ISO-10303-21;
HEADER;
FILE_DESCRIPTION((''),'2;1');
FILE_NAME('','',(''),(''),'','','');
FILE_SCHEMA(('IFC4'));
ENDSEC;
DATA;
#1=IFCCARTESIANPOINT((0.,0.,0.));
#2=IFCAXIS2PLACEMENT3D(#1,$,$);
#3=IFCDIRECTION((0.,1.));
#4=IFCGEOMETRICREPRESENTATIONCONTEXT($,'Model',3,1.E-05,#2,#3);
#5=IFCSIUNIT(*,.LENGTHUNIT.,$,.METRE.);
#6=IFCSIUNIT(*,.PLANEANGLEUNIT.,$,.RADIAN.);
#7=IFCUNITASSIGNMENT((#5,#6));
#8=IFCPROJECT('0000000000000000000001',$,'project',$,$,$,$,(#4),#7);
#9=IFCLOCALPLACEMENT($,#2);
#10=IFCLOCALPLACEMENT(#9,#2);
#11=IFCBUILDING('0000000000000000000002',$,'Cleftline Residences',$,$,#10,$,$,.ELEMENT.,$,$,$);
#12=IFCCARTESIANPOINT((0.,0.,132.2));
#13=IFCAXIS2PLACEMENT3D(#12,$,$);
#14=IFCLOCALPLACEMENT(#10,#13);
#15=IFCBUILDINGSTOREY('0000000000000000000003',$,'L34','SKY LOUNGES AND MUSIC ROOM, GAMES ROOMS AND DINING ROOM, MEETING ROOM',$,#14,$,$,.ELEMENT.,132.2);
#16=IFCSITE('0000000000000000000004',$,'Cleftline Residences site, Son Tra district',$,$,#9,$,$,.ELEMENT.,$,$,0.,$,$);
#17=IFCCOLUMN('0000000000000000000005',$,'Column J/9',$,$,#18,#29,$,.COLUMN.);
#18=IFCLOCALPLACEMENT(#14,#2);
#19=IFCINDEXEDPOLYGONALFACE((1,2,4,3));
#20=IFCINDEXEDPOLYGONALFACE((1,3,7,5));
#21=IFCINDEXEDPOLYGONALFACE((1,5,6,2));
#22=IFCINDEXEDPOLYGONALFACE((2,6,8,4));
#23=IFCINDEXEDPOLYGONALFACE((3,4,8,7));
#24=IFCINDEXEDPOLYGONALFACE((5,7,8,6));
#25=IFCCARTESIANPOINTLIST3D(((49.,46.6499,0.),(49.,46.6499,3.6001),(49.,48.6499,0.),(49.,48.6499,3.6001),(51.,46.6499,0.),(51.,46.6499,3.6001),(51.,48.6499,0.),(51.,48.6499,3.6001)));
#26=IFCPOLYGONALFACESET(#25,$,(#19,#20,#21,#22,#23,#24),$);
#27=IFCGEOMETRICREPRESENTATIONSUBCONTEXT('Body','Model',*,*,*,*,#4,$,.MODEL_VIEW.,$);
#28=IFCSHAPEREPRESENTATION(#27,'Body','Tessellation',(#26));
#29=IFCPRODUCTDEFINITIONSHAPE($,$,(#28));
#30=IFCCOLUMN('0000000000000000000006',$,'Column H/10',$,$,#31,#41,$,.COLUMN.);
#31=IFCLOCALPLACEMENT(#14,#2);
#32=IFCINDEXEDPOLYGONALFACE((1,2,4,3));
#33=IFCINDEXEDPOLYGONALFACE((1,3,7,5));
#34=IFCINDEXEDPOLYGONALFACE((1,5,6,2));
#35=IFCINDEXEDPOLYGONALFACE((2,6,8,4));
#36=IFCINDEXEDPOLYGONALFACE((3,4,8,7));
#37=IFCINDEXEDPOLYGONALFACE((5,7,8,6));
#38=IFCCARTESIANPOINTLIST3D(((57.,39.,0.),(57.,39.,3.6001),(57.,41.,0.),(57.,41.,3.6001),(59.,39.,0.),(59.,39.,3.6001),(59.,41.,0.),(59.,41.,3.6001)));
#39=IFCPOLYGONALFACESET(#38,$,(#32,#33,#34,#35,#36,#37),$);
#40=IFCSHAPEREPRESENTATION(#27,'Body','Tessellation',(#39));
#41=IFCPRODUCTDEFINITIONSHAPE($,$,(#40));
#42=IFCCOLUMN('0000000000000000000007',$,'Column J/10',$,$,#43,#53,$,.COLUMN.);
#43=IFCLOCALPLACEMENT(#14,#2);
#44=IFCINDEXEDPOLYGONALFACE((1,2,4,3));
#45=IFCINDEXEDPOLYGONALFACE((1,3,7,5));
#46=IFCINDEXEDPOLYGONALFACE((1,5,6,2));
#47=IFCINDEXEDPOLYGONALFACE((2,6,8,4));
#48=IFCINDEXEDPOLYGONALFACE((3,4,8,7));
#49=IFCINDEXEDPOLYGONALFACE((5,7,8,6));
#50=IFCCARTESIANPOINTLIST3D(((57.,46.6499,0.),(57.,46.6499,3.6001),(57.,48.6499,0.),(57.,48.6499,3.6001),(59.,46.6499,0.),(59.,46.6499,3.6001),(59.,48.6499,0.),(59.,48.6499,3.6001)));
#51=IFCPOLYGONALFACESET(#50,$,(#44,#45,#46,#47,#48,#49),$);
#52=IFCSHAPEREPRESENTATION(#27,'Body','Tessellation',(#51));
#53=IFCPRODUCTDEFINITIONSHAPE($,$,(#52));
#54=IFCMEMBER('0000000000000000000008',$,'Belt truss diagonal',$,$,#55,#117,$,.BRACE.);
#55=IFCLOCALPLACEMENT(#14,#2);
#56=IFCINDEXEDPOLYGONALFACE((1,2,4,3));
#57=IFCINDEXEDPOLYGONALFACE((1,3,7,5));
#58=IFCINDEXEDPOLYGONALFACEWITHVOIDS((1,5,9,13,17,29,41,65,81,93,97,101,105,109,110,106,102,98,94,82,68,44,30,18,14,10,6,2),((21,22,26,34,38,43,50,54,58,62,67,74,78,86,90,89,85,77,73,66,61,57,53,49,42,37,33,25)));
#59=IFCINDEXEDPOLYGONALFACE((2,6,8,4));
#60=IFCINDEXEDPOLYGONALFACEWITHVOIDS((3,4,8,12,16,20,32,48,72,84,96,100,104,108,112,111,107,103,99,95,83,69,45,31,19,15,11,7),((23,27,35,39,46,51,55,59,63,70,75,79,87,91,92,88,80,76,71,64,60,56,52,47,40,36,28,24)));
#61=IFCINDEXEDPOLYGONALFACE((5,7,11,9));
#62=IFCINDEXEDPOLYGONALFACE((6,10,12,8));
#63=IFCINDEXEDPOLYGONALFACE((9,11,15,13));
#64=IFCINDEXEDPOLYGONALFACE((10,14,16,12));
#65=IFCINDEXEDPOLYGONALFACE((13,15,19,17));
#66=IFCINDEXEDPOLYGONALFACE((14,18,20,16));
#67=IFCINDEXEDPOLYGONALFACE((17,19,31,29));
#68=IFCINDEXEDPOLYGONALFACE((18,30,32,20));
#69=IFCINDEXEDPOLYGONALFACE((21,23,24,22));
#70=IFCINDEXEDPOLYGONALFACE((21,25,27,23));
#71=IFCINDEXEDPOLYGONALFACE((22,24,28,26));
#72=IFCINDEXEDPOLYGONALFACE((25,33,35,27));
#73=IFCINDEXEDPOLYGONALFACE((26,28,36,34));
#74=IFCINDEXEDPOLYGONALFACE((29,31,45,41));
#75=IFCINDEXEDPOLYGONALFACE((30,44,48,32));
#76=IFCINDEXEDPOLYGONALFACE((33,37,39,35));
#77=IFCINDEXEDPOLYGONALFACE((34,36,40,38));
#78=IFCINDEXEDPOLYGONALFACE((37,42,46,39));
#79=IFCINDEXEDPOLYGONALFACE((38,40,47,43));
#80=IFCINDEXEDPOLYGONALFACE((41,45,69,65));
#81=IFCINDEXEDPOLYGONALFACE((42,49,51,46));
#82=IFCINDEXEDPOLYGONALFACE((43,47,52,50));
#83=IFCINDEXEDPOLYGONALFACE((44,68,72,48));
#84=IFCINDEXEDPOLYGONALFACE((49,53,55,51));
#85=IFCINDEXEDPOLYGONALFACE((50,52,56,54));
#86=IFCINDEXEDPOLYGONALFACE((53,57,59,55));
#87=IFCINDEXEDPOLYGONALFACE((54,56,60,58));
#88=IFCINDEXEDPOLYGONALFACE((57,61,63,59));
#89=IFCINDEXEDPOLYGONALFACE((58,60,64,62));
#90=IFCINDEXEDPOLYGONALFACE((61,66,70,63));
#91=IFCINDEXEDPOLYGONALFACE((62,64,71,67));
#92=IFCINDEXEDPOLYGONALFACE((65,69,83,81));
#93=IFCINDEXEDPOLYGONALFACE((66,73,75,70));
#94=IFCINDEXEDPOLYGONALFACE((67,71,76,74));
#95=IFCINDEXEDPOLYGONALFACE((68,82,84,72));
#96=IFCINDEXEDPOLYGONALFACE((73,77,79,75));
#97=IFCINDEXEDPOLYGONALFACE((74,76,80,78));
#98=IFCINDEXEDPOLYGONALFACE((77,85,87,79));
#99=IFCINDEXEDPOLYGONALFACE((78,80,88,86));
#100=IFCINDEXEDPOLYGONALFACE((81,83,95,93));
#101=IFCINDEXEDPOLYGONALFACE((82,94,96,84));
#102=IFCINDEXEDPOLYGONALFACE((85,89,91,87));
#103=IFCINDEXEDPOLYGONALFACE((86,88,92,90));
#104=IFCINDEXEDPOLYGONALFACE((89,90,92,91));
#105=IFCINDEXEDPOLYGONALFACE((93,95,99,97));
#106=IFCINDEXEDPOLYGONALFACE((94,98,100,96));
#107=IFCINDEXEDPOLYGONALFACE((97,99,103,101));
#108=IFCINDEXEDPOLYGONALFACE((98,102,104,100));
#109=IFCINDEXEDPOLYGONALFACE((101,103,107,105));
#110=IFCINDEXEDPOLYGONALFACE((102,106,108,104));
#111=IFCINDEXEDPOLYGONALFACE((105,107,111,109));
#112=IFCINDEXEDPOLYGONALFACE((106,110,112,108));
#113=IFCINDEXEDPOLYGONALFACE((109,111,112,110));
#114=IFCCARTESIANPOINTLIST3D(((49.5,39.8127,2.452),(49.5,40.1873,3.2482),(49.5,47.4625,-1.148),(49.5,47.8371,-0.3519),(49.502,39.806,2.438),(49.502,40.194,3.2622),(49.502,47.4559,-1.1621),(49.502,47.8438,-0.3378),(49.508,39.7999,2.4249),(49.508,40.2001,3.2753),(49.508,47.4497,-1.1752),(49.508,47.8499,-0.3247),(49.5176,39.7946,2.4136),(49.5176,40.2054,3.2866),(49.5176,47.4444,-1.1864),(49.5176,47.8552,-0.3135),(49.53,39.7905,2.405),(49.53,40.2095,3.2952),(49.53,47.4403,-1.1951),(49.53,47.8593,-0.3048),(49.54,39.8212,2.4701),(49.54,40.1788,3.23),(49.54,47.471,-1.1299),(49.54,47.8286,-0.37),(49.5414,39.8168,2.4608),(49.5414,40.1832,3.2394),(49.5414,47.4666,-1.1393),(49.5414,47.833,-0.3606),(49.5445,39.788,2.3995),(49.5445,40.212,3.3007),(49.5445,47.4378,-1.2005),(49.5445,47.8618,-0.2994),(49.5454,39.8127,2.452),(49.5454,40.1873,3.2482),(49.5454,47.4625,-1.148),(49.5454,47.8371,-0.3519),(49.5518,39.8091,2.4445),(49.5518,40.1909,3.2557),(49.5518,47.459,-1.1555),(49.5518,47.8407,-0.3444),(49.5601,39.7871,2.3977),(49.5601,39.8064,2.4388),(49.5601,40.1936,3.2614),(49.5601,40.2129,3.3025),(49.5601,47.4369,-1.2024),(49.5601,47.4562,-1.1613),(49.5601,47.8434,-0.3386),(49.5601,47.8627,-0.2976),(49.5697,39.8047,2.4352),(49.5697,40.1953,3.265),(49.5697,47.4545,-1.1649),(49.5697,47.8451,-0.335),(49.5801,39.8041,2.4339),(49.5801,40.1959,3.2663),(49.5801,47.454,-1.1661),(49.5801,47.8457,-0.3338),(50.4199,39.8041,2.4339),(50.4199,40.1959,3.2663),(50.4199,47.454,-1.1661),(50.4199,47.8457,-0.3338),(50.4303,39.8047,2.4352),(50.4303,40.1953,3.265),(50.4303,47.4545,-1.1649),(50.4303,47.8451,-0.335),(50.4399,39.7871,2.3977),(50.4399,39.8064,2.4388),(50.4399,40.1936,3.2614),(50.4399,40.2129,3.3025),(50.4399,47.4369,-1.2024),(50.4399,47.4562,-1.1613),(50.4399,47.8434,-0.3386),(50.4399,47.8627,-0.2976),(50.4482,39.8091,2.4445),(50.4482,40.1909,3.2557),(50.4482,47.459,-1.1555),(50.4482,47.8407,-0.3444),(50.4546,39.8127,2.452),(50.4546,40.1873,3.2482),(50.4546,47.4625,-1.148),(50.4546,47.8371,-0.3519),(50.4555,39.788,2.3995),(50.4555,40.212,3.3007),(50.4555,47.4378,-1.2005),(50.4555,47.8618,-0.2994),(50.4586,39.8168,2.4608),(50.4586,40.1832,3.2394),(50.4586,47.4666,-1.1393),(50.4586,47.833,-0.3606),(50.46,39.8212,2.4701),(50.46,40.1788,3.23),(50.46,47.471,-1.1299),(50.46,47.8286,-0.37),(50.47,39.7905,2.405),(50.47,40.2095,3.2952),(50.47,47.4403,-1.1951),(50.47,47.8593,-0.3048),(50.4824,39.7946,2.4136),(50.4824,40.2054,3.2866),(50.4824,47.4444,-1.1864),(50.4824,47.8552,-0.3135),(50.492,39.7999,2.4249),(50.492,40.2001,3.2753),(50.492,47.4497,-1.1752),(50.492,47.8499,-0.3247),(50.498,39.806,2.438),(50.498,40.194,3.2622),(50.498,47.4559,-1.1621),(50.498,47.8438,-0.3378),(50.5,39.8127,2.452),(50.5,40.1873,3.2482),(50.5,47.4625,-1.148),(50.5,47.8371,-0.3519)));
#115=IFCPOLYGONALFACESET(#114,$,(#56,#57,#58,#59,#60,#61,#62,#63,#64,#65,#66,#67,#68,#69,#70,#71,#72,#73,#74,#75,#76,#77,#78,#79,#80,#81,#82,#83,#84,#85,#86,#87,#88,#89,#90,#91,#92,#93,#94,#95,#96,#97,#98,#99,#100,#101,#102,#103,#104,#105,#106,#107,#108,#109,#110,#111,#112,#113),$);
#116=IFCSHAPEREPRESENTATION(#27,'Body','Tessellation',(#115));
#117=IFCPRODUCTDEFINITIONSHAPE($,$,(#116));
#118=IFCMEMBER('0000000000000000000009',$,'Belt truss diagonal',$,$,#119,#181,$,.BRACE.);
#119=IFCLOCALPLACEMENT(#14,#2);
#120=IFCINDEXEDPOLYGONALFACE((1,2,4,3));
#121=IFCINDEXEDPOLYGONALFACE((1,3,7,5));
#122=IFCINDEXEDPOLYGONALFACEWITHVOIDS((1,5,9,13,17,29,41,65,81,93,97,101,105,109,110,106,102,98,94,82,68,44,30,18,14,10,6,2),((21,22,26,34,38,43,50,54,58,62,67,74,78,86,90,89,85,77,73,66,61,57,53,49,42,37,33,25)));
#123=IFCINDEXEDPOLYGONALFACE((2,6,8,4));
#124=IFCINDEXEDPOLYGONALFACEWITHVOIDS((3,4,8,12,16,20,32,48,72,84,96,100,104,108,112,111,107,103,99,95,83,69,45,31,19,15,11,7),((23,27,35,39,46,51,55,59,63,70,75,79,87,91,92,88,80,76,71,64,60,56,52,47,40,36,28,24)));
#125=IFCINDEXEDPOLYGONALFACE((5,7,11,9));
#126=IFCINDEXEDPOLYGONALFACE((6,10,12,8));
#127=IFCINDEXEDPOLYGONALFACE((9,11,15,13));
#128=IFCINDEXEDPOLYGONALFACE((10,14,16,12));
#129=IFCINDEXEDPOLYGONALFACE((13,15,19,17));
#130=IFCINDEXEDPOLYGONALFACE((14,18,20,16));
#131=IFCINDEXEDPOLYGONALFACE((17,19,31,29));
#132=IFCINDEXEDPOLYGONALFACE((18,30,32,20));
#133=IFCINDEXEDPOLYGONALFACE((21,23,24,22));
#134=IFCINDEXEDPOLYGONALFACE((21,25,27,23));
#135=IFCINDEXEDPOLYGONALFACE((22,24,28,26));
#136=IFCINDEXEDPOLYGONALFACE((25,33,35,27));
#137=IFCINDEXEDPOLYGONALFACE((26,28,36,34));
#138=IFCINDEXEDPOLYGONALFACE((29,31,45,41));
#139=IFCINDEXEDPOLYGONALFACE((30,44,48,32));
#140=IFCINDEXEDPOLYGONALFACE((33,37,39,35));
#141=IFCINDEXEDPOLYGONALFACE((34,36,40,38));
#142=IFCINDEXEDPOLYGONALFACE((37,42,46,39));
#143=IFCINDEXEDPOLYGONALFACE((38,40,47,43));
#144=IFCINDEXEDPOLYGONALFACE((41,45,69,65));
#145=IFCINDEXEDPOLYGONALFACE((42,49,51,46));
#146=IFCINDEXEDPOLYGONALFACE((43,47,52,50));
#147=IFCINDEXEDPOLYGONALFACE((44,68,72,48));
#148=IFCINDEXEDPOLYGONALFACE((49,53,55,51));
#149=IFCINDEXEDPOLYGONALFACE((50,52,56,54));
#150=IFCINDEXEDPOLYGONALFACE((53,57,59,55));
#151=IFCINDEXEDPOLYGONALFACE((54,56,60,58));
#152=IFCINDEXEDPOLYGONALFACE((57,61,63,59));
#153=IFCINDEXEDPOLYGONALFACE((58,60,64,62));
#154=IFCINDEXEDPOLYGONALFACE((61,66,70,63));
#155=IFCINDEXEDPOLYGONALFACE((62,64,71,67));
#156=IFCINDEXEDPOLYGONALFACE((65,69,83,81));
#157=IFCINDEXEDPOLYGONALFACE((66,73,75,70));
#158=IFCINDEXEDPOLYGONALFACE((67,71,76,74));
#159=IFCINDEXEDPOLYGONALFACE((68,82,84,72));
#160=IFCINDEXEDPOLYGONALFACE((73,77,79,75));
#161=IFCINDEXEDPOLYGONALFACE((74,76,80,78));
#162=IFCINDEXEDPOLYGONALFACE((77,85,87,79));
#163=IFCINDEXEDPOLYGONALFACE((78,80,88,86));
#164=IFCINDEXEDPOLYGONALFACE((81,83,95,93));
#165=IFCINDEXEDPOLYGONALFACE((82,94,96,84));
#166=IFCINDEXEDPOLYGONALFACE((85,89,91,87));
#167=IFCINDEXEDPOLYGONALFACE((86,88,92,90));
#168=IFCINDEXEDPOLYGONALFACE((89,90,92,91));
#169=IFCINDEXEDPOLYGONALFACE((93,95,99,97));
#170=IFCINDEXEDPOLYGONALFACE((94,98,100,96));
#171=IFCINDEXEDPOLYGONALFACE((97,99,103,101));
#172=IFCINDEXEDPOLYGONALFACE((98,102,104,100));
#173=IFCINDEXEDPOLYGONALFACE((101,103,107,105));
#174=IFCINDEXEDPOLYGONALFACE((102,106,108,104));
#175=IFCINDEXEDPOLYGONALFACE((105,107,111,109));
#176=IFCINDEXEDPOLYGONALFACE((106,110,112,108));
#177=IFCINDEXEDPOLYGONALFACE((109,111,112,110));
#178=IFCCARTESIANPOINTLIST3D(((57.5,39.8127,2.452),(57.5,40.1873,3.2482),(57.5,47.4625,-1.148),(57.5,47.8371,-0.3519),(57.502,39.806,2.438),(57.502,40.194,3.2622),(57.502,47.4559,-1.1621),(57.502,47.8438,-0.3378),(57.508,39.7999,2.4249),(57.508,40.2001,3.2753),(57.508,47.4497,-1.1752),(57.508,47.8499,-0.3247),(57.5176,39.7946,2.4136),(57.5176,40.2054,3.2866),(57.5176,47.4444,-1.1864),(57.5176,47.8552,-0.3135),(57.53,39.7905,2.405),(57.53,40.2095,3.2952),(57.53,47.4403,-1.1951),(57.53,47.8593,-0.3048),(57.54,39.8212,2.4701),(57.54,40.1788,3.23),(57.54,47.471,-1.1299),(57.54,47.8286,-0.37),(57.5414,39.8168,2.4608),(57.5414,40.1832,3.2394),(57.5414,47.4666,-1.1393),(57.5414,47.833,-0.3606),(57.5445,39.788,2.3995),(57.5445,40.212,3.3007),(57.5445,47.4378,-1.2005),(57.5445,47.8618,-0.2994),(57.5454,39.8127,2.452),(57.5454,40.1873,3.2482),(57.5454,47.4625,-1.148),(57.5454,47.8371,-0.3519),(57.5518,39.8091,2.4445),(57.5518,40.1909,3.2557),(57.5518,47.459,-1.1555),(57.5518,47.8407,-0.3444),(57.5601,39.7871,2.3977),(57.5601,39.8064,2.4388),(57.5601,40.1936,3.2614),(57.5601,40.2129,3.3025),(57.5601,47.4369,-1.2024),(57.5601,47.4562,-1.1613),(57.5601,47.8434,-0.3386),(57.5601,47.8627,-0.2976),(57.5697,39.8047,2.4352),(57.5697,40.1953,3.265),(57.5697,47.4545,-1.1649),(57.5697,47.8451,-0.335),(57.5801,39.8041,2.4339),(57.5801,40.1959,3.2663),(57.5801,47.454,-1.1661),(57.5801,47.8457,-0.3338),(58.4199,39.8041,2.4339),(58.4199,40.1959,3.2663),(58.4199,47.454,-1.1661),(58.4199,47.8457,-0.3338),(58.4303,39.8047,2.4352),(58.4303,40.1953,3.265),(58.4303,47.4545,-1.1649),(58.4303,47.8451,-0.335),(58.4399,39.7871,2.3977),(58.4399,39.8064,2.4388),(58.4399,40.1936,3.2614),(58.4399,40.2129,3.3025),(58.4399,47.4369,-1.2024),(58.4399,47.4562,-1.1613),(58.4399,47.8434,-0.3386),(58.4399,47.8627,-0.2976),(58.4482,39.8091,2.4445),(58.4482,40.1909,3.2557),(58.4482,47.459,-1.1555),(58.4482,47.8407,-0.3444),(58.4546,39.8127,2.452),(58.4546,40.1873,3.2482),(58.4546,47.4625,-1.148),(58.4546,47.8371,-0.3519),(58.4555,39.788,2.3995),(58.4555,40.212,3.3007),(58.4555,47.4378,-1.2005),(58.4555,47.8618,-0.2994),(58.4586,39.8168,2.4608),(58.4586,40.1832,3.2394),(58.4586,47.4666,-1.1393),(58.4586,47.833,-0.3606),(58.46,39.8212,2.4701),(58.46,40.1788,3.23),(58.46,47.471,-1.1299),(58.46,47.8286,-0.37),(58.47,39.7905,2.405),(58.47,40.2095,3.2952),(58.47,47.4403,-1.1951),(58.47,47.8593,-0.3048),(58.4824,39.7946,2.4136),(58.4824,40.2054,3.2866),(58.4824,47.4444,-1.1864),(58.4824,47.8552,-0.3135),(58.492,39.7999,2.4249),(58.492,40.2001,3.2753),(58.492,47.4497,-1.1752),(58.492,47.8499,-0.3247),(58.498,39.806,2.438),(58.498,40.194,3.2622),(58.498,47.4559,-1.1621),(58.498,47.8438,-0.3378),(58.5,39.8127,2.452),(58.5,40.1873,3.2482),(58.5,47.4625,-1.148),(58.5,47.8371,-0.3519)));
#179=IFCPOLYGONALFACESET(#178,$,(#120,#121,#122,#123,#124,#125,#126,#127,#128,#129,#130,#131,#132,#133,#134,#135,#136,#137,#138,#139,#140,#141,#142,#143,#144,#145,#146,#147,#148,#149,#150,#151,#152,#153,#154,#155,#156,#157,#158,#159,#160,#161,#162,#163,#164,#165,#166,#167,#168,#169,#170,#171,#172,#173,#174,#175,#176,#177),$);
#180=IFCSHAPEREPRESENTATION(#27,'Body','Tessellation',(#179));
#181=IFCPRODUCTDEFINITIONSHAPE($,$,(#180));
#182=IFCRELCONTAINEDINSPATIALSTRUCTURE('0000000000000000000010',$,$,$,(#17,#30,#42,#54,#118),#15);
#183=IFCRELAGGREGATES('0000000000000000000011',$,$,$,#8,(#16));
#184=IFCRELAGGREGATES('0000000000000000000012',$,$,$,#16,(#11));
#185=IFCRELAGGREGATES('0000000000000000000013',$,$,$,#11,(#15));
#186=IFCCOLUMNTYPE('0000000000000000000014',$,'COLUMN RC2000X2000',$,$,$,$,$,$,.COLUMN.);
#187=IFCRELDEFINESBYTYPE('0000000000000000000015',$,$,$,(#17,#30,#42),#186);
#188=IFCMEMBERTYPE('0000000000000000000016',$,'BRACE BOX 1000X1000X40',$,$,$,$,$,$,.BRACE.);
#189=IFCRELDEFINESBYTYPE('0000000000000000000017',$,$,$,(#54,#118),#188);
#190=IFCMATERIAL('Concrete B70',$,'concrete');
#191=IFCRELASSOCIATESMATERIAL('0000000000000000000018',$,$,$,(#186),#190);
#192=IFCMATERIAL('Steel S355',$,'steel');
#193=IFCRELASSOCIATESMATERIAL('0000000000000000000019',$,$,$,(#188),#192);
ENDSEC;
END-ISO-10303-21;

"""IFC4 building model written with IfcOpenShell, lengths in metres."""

from ifc_helpers import new_model, si_unit, direction, frame, origin, origin_2d, place, context, subcontext, project, spatial, rectangle, hollow_rectangle, extrude, material, material_profile, profile_set, type_object, element, save


model = new_model("IFC4")

# Units and contexts
model_context = context("Model", 3, precision=1e-05, world=origin(), true_north=direction((0.0, 1.0)))
body_context = subcontext(model_context, "Body", "Model", "MODEL_VIEW")
ifc_project = project(units=[si_unit("LENGTHUNIT", "METRE"), si_unit("PLANEANGLEUNIT", "RADIAN")], contexts=[model_context])

# Site, building, storey
site_placement = place(None, origin())
site = spatial("IfcSite", under=ifc_project, at=site_placement, Name="Cleftline Residences site, Son Tra district", CompositionType="ELEMENT", RefElevation=0.0)
building_placement = place(site_placement, origin())
building = spatial("IfcBuilding", under=site, at=building_placement, Name="Cleftline Residences", CompositionType="ELEMENT")
storey_placement = place(building_placement, frame((0.0, 0.0, 132.2)))
storey = spatial("IfcBuildingStorey", under=building, at=storey_placement, Name="L34", Description="SKY LOUNGES AND MUSIC ROOM, GAMES ROOMS AND DINING ROOM, MEETING ROOM", CompositionType="ELEMENT", Elevation=132.2)

# Columns
ifc_material_1 = material(Name="Concrete B70", Category="concrete")
ifc_material_profile_1 = material_profile(ifc_material_1, rectangle(XDim=2.0, YDim=2.0, at=origin_2d()))
ifc_profile_set_1 = profile_set([ifc_material_profile_1], Name="Concrete B70")
column_type = type_object("IfcColumnType", Name="COLUMN RC2000X2000", PredefinedType="COLUMN", material=ifc_profile_set_1)
for number, where, z_axis, x_axis, name in (
    (1, (50.0, 47.6499, 0.0), (0.0, 0.0, 1.0), (1.0, 0.0, 0.0), "Column J/9"),
    (2, (58.0, 40.0, 0.0), (0.0, 0.0, 1.0), (1.0, 0.0, 0.0), "Column H/10"),
    (3, (58.0, 47.6499, 0.0), (0.0, 0.0, 1.0), (1.0, 0.0, 0.0), "Column J/10"),
):
    element("IfcColumn", number, at=place(storey_placement, frame(where, z_axis=z_axis, x_axis=x_axis)), inside=storey, type_object=column_type, Name=name, PredefinedType="COLUMN", context=body_context, shape_type="SweptSolid", body=[
        extrude(rectangle(XDim=2.0, YDim=2.0, at=origin_2d()), origin(), (0.0, 0.0, 1.0), 3.6001),
    ])

# Members
ifc_material_2 = material(Name="Steel S355", Category="steel")
ifc_material_profile_2 = material_profile(ifc_material_2, hollow_rectangle(XDim=1.0, YDim=1.0, WallThickness=0.04, InnerFilletRadius=0.04, OuterFilletRadius=0.0601, at=origin_2d()))
ifc_profile_set_2 = profile_set([ifc_material_profile_2], Name="Steel S355")
member_type_1 = type_object("IfcMemberType", Name="BRACE BOX 1000X1000X40", PredefinedType="BRACE", material=ifc_profile_set_2)
for number, where, z_axis, x_axis, name in (
    (4, (50.0, 40.0, 2.8501), (0.0, 0.904812, -0.425811), (0.0, 0.425811, 0.904812), "Belt truss diagonal"),
    (5, (58.0, 40.0, 2.8501), (0.0, 0.904812, -0.425811), (0.0, 0.425811, 0.904812), "Belt truss diagonal"),
):
    element("IfcMember", number, at=place(storey_placement, frame(where, z_axis=z_axis, x_axis=x_axis)), inside=storey, type_object=member_type_1, Name=name, PredefinedType="BRACE", context=body_context, shape_type="SweptSolid", body=[
        extrude(hollow_rectangle(XDim=1.0, YDim=1.0, WallThickness=0.04, InnerFilletRadius=0.04, OuterFilletRadius=0.0601, at=origin_2d()), origin(), (0.0, 0.0, 1.0), 8.4546),
    ])

save(model, "model.ifc")
